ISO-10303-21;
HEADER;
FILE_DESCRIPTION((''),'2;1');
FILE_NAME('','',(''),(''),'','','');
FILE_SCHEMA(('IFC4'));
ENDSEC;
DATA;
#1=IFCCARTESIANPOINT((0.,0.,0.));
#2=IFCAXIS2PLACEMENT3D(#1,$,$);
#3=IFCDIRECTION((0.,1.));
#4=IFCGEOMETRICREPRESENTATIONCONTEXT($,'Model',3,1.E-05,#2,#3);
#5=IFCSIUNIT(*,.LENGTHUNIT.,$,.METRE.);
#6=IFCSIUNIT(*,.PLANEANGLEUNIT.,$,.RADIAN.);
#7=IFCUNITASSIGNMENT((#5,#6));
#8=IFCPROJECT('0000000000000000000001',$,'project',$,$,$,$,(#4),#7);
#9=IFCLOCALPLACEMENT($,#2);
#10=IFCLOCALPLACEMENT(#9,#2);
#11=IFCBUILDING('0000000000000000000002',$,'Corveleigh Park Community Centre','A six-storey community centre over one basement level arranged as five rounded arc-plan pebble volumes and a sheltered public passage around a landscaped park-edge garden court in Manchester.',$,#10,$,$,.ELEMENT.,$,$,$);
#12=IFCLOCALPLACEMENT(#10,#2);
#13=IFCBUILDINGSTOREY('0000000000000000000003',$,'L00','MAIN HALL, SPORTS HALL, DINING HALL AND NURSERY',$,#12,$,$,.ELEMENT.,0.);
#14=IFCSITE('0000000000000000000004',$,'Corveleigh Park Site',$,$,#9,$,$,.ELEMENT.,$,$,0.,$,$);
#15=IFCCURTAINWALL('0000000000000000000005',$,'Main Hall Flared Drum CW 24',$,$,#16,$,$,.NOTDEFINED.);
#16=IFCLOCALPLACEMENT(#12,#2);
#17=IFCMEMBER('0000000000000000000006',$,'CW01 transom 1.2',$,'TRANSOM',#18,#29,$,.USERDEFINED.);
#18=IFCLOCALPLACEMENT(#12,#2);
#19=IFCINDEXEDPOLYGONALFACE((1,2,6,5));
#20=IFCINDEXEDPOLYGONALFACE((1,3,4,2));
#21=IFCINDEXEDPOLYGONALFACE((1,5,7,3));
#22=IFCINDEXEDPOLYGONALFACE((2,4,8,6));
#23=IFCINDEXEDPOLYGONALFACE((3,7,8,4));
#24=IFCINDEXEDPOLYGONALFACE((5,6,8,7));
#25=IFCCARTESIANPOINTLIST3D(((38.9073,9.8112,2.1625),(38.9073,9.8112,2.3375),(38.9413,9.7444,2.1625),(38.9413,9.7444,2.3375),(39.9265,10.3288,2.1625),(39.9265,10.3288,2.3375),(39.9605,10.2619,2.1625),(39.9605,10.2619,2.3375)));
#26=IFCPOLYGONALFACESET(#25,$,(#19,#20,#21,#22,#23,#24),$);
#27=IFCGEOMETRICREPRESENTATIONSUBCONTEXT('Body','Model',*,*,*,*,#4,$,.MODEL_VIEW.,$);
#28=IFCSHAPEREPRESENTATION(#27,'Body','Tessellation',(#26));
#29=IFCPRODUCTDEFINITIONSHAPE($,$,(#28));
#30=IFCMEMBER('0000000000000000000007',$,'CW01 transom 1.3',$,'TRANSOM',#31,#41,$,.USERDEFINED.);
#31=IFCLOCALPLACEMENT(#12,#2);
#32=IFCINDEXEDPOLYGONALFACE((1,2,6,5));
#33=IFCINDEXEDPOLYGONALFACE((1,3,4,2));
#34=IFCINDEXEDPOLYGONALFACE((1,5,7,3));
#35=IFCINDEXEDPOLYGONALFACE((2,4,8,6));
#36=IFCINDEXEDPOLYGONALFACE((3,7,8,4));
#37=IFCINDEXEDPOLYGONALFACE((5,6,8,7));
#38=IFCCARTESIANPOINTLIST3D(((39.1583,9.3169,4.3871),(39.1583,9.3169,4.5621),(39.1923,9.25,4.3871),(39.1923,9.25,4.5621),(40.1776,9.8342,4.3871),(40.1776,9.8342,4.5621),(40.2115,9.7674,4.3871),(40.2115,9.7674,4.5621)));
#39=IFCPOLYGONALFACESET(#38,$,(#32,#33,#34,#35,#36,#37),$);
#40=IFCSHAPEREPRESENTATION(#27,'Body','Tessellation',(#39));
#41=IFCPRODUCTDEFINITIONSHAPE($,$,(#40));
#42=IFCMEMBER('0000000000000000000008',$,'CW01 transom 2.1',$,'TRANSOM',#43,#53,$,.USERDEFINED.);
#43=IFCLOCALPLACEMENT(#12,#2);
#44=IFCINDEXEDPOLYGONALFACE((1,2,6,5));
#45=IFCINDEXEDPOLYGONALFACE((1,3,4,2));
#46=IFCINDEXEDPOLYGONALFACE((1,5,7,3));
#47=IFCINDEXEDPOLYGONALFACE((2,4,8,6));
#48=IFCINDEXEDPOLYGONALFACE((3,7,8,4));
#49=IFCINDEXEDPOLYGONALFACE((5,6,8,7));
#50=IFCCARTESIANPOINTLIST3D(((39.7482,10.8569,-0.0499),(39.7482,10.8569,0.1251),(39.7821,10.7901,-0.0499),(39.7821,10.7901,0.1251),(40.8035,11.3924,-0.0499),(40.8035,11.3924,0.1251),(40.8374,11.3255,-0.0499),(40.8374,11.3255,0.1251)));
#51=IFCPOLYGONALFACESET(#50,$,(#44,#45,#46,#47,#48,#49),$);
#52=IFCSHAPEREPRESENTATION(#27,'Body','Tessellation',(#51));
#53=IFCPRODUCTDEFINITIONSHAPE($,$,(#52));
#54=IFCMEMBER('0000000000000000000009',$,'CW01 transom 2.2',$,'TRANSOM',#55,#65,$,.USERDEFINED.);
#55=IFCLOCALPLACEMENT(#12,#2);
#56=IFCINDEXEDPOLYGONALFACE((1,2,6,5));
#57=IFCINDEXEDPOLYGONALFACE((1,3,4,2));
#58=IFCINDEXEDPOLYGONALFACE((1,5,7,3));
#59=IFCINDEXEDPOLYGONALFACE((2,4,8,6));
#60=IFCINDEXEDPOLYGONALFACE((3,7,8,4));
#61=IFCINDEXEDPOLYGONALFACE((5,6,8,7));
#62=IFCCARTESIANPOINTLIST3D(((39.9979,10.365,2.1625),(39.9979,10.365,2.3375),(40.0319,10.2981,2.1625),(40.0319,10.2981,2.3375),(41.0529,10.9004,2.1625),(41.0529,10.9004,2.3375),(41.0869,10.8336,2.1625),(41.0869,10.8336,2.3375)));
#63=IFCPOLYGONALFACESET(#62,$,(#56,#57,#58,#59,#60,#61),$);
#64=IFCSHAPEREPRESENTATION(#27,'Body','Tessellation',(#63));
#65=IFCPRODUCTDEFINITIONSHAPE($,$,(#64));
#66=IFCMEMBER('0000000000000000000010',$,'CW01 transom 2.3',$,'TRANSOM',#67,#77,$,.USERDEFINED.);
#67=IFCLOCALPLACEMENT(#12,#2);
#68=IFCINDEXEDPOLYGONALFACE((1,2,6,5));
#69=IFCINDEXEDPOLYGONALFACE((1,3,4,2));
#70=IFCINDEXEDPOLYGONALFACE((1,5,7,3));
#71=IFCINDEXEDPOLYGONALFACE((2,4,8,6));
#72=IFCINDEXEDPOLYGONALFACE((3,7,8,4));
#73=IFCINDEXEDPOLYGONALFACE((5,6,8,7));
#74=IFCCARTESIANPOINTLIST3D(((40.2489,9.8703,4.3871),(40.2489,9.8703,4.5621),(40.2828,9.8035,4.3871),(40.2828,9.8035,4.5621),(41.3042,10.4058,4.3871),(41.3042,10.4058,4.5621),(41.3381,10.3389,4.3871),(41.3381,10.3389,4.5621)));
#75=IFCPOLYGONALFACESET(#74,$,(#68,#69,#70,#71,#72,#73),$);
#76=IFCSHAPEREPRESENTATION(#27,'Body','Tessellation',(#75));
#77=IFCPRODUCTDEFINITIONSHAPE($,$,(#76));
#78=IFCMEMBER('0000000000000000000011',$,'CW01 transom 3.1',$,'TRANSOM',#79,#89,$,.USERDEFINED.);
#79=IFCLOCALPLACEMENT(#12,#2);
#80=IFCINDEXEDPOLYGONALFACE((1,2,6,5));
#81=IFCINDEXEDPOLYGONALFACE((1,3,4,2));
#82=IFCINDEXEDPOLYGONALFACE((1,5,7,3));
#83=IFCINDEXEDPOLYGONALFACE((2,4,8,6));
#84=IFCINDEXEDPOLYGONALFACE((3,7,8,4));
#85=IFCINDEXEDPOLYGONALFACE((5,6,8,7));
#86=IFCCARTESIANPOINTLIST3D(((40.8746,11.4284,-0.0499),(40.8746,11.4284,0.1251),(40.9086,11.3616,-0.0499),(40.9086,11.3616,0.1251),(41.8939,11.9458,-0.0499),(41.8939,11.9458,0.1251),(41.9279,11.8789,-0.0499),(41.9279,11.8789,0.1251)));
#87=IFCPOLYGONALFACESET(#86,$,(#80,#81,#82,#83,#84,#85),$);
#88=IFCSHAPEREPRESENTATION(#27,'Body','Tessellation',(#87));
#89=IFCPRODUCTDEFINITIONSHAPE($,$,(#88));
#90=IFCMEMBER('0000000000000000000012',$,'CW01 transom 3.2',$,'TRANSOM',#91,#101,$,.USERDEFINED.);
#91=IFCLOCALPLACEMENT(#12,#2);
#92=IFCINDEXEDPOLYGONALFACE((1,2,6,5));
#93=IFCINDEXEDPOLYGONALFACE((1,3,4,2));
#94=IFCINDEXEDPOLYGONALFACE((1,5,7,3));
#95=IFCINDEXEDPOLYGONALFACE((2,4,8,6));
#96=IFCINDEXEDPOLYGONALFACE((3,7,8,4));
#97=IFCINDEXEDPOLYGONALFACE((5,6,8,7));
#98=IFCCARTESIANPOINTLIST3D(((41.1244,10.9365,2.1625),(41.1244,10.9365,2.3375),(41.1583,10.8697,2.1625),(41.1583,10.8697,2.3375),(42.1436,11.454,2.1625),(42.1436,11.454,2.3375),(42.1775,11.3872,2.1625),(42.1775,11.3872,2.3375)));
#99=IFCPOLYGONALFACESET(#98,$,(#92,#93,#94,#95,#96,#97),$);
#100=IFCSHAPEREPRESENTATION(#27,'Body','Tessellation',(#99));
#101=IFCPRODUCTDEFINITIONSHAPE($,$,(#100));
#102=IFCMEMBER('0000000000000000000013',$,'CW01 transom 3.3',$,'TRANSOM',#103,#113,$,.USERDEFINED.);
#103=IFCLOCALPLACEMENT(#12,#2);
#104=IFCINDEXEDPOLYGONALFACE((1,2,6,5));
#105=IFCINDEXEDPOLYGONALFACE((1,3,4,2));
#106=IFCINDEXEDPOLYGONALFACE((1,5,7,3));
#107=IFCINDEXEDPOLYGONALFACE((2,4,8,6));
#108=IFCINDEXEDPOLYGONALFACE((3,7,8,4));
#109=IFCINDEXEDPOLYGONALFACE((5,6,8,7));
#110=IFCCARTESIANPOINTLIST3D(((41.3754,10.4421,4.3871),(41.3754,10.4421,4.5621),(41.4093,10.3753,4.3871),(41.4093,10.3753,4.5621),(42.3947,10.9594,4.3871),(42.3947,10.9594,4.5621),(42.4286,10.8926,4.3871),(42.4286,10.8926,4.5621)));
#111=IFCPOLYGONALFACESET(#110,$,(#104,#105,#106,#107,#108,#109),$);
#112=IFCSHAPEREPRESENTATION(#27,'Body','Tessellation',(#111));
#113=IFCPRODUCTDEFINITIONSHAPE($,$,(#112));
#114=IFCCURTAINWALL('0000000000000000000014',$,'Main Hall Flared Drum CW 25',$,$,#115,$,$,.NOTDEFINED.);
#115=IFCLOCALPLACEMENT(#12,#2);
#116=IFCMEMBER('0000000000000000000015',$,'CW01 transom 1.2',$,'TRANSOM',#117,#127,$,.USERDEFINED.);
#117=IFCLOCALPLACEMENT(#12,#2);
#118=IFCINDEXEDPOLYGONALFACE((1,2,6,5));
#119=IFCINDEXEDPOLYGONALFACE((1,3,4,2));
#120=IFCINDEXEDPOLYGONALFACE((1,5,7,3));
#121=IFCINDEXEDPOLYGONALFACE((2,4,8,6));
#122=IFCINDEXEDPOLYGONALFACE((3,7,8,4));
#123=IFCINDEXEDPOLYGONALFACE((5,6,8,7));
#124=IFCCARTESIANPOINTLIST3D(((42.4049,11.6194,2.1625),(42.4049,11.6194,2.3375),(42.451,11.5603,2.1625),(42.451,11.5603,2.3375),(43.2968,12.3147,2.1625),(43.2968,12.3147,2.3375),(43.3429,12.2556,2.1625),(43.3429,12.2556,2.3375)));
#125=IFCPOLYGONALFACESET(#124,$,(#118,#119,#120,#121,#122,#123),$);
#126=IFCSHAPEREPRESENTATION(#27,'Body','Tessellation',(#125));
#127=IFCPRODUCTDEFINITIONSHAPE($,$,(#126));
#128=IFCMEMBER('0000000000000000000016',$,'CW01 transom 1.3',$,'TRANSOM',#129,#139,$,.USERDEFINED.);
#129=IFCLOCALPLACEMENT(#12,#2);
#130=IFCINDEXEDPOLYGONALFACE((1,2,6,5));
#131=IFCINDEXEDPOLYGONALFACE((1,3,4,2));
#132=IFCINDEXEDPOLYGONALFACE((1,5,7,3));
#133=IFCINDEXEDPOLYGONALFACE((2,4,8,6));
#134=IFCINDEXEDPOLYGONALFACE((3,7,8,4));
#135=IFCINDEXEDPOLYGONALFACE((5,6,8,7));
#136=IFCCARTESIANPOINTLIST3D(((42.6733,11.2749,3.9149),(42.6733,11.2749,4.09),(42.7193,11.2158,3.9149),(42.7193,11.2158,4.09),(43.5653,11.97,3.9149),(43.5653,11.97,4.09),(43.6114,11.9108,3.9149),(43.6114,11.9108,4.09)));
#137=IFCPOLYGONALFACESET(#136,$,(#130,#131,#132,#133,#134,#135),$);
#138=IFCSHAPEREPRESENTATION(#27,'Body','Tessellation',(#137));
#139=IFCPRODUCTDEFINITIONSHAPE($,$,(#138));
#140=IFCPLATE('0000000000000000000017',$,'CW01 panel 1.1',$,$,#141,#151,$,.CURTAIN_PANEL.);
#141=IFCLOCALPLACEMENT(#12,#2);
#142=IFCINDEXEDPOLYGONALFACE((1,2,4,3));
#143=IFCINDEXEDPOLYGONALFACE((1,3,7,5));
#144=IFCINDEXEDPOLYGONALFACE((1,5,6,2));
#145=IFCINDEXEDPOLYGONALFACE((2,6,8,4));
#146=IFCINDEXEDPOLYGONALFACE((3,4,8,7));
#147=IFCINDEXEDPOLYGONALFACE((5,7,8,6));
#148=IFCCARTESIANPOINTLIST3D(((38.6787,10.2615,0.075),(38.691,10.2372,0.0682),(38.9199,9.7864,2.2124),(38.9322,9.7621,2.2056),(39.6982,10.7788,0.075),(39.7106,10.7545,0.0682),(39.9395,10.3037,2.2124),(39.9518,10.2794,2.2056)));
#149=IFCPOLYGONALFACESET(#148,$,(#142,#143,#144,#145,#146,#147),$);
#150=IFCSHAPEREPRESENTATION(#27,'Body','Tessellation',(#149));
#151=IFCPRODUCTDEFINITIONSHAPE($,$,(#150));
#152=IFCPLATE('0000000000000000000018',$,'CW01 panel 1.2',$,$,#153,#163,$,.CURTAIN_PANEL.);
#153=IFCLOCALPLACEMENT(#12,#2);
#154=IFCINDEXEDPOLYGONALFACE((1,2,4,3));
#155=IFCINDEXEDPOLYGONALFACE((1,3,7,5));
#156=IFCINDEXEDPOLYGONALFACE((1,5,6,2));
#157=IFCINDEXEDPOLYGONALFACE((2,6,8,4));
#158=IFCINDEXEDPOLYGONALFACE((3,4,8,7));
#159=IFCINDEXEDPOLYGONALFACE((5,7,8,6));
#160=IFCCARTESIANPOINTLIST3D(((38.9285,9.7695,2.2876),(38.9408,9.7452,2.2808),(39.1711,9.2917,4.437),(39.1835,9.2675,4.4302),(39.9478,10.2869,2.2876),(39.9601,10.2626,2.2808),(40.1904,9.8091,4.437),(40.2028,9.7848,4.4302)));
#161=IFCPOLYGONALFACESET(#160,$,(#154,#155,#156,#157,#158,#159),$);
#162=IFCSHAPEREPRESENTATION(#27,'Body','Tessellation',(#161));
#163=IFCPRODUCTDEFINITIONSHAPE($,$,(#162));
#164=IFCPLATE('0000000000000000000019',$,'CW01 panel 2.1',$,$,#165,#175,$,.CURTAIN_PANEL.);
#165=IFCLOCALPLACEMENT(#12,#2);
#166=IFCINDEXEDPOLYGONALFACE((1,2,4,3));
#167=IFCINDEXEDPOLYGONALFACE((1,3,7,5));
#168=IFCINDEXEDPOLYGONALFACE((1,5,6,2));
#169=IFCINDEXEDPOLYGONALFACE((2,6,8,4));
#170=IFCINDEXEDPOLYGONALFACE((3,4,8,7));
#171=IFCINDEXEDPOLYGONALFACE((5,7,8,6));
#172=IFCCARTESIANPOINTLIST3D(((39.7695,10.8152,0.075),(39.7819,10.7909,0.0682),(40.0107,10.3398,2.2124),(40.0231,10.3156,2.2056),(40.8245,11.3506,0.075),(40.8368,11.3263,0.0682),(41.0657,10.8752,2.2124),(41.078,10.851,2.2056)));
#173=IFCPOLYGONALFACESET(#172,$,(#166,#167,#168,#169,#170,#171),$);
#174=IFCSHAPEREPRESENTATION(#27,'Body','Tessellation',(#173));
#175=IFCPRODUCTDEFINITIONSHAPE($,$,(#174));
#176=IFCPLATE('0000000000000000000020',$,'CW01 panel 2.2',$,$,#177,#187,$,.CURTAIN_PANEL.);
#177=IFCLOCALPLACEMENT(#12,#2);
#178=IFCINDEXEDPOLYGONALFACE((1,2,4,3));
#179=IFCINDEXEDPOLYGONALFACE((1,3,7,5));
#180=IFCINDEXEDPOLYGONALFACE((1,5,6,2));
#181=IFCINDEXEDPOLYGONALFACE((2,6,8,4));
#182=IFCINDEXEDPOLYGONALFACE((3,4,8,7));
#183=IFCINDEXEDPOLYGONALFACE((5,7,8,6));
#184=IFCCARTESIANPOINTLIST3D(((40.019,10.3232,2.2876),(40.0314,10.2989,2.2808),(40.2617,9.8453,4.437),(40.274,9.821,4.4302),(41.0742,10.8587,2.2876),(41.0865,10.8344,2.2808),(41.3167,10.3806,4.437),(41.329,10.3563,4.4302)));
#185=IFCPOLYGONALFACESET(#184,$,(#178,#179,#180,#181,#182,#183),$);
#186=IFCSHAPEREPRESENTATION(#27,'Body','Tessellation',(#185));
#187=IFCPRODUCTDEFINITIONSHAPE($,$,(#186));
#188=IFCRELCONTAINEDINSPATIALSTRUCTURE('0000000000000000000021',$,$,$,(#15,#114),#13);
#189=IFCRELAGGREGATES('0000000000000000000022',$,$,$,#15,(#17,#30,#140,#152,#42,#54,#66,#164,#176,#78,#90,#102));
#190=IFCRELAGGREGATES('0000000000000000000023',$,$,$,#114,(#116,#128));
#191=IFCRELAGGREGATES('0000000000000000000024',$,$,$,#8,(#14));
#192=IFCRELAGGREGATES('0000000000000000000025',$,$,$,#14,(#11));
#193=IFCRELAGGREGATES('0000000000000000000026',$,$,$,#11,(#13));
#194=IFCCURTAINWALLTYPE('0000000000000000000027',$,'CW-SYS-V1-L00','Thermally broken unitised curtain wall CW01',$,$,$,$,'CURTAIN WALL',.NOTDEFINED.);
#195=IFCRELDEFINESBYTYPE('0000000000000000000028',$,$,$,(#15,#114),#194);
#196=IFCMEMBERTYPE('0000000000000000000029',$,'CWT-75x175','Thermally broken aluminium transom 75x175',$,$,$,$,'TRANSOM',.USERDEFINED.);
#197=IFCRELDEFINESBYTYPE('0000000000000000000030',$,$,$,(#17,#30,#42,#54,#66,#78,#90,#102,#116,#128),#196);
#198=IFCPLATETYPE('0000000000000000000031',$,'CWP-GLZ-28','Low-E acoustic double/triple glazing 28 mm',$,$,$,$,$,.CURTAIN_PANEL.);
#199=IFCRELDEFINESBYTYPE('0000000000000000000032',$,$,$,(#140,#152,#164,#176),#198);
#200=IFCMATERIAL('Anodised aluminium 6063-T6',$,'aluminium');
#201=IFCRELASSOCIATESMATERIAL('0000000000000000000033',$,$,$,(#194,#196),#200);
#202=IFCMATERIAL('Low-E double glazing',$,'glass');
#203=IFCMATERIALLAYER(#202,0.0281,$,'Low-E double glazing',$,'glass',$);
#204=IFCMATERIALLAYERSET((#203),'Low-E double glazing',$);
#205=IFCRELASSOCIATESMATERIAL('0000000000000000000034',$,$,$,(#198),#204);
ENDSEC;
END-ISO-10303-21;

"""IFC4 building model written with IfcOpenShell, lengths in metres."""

from ifc_helpers import new_model, si_unit, direction, frame, origin, origin_2d, place, context, subcontext, project, spatial, polyline, rectangle, outline, extrude, material, layer, layer_set, material_profile, profile_set, type_object, element, aggregate, save


model = new_model("IFC4")

# Units and contexts
model_context = context("Model", 3, precision=1e-05, world=origin(), true_north=direction((0.0, 1.0)))
body_context = subcontext(model_context, "Body", "Model", "MODEL_VIEW")
ifc_project = project(units=[si_unit("LENGTHUNIT", "METRE"), si_unit("PLANEANGLEUNIT", "RADIAN")], contexts=[model_context])

# Site, building, storey
site_placement = place(None, origin())
site = spatial("IfcSite", under=ifc_project, at=site_placement, Name="Corveleigh Park Site", CompositionType="ELEMENT", RefElevation=0.0)
building_placement = place(site_placement, origin())
building = spatial("IfcBuilding", under=site, at=building_placement, Name="Corveleigh Park Community Centre", Description="A six-storey community centre over one basement level arranged as five rounded arc-plan pebble volumes and a sheltered public passage around a landscaped park-edge garden court in Manchester.", CompositionType="ELEMENT")
storey_placement = place(building_placement, origin())
storey = spatial("IfcBuildingStorey", under=building, at=storey_placement, Name="L00", Description="MAIN HALL, SPORTS HALL, DINING HALL AND NURSERY", CompositionType="ELEMENT", Elevation=0.0)

# Shared definitions
ifc_material_1 = material(Name="Anodised aluminium 6063-T6", Category="aluminium")
curtain_wall_type = type_object("IfcCurtainWallType", Name="CW-SYS-V1-L00", Description="Thermally broken unitised curtain wall CW01", ElementType="CURTAIN WALL", PredefinedType="NOTDEFINED", material=ifc_material_1)

# Curtain walls, members
curtain_wall_1_placement = place(storey_placement, origin())
curtain_wall_1 = element("IfcCurtainWall", 1, at=curtain_wall_1_placement, inside=storey, type_object=curtain_wall_type, Name="Main Hall Flared Drum CW 24", PredefinedType="NOTDEFINED")
ifc_material_profile_1 = material_profile(ifc_material_1, rectangle(XDim=0.075, YDim=0.175, at=origin_2d()), Name="ALU-T75x175", Category="aluminium")
ifc_profile_set_1 = profile_set([ifc_material_profile_1], Name="Anodised aluminium 6063-T6")
member_type_1 = type_object("IfcMemberType", Name="CWT-75x175", Description="Thermally broken aluminium transom 75x175", ElementType="TRANSOM", PredefinedType="USERDEFINED", material=ifc_profile_set_1)
member_1_placement = place(storey_placement, frame((38.9243, 9.7778, 2.25), z_axis=(0.891634, 0.452758, 0.0), x_axis=(-0.452758, 0.891634, 0.0)))
member_1 = element("IfcMember", 2, at=member_1_placement, type_object=member_type_1, Name="CW01 transom 1.2", ObjectType="TRANSOM", PredefinedType="USERDEFINED", context=body_context, shape_type="SweptSolid", body=[
    extrude(rectangle(XDim=0.075, YDim=0.175, at=origin_2d()), origin(), (0.0, 0.0, 1.0), 1.1431),
])
member_2_placement = place(storey_placement, frame((39.1753, 9.2834, 4.4746), z_axis=(0.89172, 0.452588, 0.0), x_axis=(-0.452588, 0.89172, 0.0)))
member_2 = element("IfcMember", 3, at=member_2_placement, type_object=member_type_1, Name="CW01 transom 1.3", ObjectType="TRANSOM", PredefinedType="USERDEFINED", context=body_context, shape_type="SweptSolid", body=[
    extrude(rectangle(XDim=0.075, YDim=0.175, at=origin_2d()), origin(), (0.0, 0.0, 1.0), 1.1431),
])
member_3_placement = place(storey_placement, frame((39.7651, 10.8235, 0.0376), z_axis=(0.891771, 0.452488, 0.0), x_axis=(-0.452488, 0.891771, 0.0)))
member_3 = element("IfcMember", 4, at=member_3_placement, type_object=member_type_1, Name="CW01 transom 2.1", ObjectType="TRANSOM", PredefinedType="USERDEFINED", context=body_context, shape_type="SweptSolid", body=[
    extrude(rectangle(XDim=0.075, YDim=0.175, at=origin_2d()), origin(), (0.0, 0.0, 1.0), 1.1833),
])
member_4_placement = place(storey_placement, frame((40.0149, 10.3315, 2.25), z_axis=(0.891728, 0.452571, 0.0), x_axis=(-0.452571, 0.891728, 0.0)))
member_4 = element("IfcMember", 5, at=member_4_placement, type_object=member_type_1, Name="CW01 transom 2.2", ObjectType="TRANSOM", PredefinedType="USERDEFINED", context=body_context, shape_type="SweptSolid", body=[
    extrude(rectangle(XDim=0.075, YDim=0.175, at=origin_2d()), origin(), (0.0, 0.0, 1.0), 1.1831),
])
member_5_placement = place(storey_placement, frame((40.2659, 9.8369, 4.4746), z_axis=(0.891771, 0.452488, 0.0), x_axis=(-0.452488, 0.891771, 0.0)))
member_5 = element("IfcMember", 6, at=member_5_placement, type_object=member_type_1, Name="CW01 transom 2.3", ObjectType="TRANSOM", PredefinedType="USERDEFINED", context=body_context, shape_type="SweptSolid", body=[
    extrude(rectangle(XDim=0.075, YDim=0.175, at=origin_2d()), origin(), (0.0, 0.0, 1.0), 1.1833),
])
member_6_placement = place(storey_placement, frame((40.8916, 11.395, 0.0376), z_axis=(0.89172, 0.452588, 0.0), x_axis=(-0.452588, 0.89172, 0.0)))
member_6 = element("IfcMember", 7, at=member_6_placement, type_object=member_type_1, Name="CW01 transom 3.1", ObjectType="TRANSOM", PredefinedType="USERDEFINED", context=body_context, shape_type="SweptSolid", body=[
    extrude(rectangle(XDim=0.075, YDim=0.175, at=origin_2d()), origin(), (0.0, 0.0, 1.0), 1.1431),
])
member_7_placement = place(storey_placement, frame((41.1414, 10.9031, 2.25), z_axis=(0.891634, 0.452758, 0.0), x_axis=(-0.452758, 0.891634, 0.0)))
member_7 = element("IfcMember", 8, at=member_7_placement, type_object=member_type_1, Name="CW01 transom 3.2", ObjectType="TRANSOM", PredefinedType="USERDEFINED", context=body_context, shape_type="SweptSolid", body=[
    extrude(rectangle(XDim=0.075, YDim=0.175, at=origin_2d()), origin(), (0.0, 0.0, 1.0), 1.1431),
])
member_8_placement = place(storey_placement, frame((41.3923, 10.4087, 4.4746), z_axis=(0.89172, 0.452588, 0.0), x_axis=(-0.452588, 0.89172, 0.0)))
member_8 = element("IfcMember", 9, at=member_8_placement, type_object=member_type_1, Name="CW01 transom 3.3", ObjectType="TRANSOM", PredefinedType="USERDEFINED", context=body_context, shape_type="SweptSolid", body=[
    extrude(rectangle(XDim=0.075, YDim=0.175, at=origin_2d()), origin(), (0.0, 0.0, 1.0), 1.1431),
])
curtain_wall_2_placement = place(storey_placement, origin())
curtain_wall_2 = element("IfcCurtainWall", 10, at=curtain_wall_2_placement, inside=storey, type_object=curtain_wall_type, Name="Main Hall Flared Drum CW 25", PredefinedType="NOTDEFINED")
member_9_placement = place(storey_placement, frame((42.428, 11.5898, 2.25), z_axis=(0.788643, 0.614852, 0.0), x_axis=(-0.614852, 0.788643, 0.0)))
member_9 = element("IfcMember", 11, at=member_9_placement, type_object=member_type_1, Name="CW01 transom 1.2", ObjectType="TRANSOM", PredefinedType="USERDEFINED", context=body_context, shape_type="SweptSolid", body=[
    extrude(rectangle(XDim=0.075, YDim=0.175, at=origin_2d()), origin(), (0.0, 0.0, 1.0), 1.1309),
])
member_10_placement = place(storey_placement, frame((42.6963, 11.2454, 4.0024), z_axis=(0.788829, 0.614613, 0.0), x_axis=(-0.614613, 0.788829, 0.0)))
member_10 = element("IfcMember", 12, at=member_10_placement, type_object=member_type_1, Name="CW01 transom 1.3", ObjectType="TRANSOM", PredefinedType="USERDEFINED", context=body_context, shape_type="SweptSolid", body=[
    extrude(rectangle(XDim=0.075, YDim=0.175, at=origin_2d()), origin(), (0.0, 0.0, 1.0), 1.1309),
])

# Plates
ifc_material_2 = material(Name="Low-E double glazing", Category="glass")
ifc_layer_1 = layer(ifc_material_2, 0.0281, Name="Low-E double glazing", Category="glass")
ifc_layer_set_1 = layer_set([ifc_layer_1], Name="Low-E double glazing")
plate_type_1 = type_object("IfcPlateType", Name="CWP-GLZ-28", Description="Low-E acoustic double/triple glazing 28 mm", PredefinedType="CURTAIN_PANEL", material=ifc_layer_set_1)
plate_1_placement = place(storey_placement, frame((38.6787, 10.2615, 0.075), z_axis=(-0.439065, 0.865284, 0.241878), x_axis=(0.891764, 0.452502, 0.0)))
plate_1 = element("IfcPlate", 13, at=plate_1_placement, type_object=plate_type_1, Name="CW01 panel 1.1", PredefinedType="CURTAIN_PANEL", context=body_context, shape_type="SweptSolid", body=[
    extrude(outline(polyline([(0.0, 0.0), (1.1433, 0.0), (1.1434, -2.2029), (0.0001, -2.2029), (0.0, 0.0)])), origin(), (0.0, 0.0, -1.0), 0.0281),
])
plate_2_placement = place(storey_placement, frame((38.9285, 9.7695, 2.2876), z_axis=(-0.439145, 0.865235, 0.24191), x_axis=(0.89172, 0.452588, 0.0)))
plate_2 = element("IfcPlate", 14, at=plate_2_placement, type_object=plate_type_1, Name="CW01 panel 1.2", PredefinedType="CURTAIN_PANEL", context=body_context, shape_type="SweptSolid", body=[
    extrude(outline(polyline([(0.0, 0.0), (1.1431, 0.0), (1.1432, -2.2152), (0.0002, -2.2152), (0.0, 0.0)])), origin(), (0.0, 0.0, -1.0), 0.0281),
])
plate_3_placement = place(storey_placement, frame((39.7695, 10.8152, 0.075), z_axis=(-0.439122, 0.865229, 0.241971), x_axis=(0.891728, 0.452571, 0.0)))
plate_3 = element("IfcPlate", 15, at=plate_3_placement, type_object=plate_type_1, Name="CW01 panel 2.1", PredefinedType="CURTAIN_PANEL", context=body_context, shape_type="SweptSolid", body=[
    extrude(outline(polyline([(0.0, 0.0), (1.183, 0.0), (1.183, -2.2029), (0.0, -2.2029), (0.0, 0.0)])), origin(), (0.0, 0.0, -1.0), 0.0281),
])
plate_4_placement = place(storey_placement, frame((40.019, 10.3232, 2.2876), z_axis=(-0.439081, 0.865248, 0.241979), x_axis=(0.891751, 0.452527, 0.000011)))
plate_4 = element("IfcPlate", 16, at=plate_4_placement, type_object=plate_type_1, Name="CW01 panel 2.2", PredefinedType="CURTAIN_PANEL", context=body_context, shape_type="SweptSolid", body=[
    extrude(outline(polyline([(0.0, 0.0), (1.1832, 0.0), (1.1831, -2.2152), (0.0001, -2.2153), (0.0, 0.0)])), origin(), (0.0, 0.0, -1.0), 0.0281),
])
aggregate(curtain_wall_1, [member_1, member_2, plate_1, plate_2, member_3, member_4, member_5, plate_3, plate_4, member_6, member_7, member_8])
aggregate(curtain_wall_2, [member_9, member_10])

save(model, "model.ifc")
